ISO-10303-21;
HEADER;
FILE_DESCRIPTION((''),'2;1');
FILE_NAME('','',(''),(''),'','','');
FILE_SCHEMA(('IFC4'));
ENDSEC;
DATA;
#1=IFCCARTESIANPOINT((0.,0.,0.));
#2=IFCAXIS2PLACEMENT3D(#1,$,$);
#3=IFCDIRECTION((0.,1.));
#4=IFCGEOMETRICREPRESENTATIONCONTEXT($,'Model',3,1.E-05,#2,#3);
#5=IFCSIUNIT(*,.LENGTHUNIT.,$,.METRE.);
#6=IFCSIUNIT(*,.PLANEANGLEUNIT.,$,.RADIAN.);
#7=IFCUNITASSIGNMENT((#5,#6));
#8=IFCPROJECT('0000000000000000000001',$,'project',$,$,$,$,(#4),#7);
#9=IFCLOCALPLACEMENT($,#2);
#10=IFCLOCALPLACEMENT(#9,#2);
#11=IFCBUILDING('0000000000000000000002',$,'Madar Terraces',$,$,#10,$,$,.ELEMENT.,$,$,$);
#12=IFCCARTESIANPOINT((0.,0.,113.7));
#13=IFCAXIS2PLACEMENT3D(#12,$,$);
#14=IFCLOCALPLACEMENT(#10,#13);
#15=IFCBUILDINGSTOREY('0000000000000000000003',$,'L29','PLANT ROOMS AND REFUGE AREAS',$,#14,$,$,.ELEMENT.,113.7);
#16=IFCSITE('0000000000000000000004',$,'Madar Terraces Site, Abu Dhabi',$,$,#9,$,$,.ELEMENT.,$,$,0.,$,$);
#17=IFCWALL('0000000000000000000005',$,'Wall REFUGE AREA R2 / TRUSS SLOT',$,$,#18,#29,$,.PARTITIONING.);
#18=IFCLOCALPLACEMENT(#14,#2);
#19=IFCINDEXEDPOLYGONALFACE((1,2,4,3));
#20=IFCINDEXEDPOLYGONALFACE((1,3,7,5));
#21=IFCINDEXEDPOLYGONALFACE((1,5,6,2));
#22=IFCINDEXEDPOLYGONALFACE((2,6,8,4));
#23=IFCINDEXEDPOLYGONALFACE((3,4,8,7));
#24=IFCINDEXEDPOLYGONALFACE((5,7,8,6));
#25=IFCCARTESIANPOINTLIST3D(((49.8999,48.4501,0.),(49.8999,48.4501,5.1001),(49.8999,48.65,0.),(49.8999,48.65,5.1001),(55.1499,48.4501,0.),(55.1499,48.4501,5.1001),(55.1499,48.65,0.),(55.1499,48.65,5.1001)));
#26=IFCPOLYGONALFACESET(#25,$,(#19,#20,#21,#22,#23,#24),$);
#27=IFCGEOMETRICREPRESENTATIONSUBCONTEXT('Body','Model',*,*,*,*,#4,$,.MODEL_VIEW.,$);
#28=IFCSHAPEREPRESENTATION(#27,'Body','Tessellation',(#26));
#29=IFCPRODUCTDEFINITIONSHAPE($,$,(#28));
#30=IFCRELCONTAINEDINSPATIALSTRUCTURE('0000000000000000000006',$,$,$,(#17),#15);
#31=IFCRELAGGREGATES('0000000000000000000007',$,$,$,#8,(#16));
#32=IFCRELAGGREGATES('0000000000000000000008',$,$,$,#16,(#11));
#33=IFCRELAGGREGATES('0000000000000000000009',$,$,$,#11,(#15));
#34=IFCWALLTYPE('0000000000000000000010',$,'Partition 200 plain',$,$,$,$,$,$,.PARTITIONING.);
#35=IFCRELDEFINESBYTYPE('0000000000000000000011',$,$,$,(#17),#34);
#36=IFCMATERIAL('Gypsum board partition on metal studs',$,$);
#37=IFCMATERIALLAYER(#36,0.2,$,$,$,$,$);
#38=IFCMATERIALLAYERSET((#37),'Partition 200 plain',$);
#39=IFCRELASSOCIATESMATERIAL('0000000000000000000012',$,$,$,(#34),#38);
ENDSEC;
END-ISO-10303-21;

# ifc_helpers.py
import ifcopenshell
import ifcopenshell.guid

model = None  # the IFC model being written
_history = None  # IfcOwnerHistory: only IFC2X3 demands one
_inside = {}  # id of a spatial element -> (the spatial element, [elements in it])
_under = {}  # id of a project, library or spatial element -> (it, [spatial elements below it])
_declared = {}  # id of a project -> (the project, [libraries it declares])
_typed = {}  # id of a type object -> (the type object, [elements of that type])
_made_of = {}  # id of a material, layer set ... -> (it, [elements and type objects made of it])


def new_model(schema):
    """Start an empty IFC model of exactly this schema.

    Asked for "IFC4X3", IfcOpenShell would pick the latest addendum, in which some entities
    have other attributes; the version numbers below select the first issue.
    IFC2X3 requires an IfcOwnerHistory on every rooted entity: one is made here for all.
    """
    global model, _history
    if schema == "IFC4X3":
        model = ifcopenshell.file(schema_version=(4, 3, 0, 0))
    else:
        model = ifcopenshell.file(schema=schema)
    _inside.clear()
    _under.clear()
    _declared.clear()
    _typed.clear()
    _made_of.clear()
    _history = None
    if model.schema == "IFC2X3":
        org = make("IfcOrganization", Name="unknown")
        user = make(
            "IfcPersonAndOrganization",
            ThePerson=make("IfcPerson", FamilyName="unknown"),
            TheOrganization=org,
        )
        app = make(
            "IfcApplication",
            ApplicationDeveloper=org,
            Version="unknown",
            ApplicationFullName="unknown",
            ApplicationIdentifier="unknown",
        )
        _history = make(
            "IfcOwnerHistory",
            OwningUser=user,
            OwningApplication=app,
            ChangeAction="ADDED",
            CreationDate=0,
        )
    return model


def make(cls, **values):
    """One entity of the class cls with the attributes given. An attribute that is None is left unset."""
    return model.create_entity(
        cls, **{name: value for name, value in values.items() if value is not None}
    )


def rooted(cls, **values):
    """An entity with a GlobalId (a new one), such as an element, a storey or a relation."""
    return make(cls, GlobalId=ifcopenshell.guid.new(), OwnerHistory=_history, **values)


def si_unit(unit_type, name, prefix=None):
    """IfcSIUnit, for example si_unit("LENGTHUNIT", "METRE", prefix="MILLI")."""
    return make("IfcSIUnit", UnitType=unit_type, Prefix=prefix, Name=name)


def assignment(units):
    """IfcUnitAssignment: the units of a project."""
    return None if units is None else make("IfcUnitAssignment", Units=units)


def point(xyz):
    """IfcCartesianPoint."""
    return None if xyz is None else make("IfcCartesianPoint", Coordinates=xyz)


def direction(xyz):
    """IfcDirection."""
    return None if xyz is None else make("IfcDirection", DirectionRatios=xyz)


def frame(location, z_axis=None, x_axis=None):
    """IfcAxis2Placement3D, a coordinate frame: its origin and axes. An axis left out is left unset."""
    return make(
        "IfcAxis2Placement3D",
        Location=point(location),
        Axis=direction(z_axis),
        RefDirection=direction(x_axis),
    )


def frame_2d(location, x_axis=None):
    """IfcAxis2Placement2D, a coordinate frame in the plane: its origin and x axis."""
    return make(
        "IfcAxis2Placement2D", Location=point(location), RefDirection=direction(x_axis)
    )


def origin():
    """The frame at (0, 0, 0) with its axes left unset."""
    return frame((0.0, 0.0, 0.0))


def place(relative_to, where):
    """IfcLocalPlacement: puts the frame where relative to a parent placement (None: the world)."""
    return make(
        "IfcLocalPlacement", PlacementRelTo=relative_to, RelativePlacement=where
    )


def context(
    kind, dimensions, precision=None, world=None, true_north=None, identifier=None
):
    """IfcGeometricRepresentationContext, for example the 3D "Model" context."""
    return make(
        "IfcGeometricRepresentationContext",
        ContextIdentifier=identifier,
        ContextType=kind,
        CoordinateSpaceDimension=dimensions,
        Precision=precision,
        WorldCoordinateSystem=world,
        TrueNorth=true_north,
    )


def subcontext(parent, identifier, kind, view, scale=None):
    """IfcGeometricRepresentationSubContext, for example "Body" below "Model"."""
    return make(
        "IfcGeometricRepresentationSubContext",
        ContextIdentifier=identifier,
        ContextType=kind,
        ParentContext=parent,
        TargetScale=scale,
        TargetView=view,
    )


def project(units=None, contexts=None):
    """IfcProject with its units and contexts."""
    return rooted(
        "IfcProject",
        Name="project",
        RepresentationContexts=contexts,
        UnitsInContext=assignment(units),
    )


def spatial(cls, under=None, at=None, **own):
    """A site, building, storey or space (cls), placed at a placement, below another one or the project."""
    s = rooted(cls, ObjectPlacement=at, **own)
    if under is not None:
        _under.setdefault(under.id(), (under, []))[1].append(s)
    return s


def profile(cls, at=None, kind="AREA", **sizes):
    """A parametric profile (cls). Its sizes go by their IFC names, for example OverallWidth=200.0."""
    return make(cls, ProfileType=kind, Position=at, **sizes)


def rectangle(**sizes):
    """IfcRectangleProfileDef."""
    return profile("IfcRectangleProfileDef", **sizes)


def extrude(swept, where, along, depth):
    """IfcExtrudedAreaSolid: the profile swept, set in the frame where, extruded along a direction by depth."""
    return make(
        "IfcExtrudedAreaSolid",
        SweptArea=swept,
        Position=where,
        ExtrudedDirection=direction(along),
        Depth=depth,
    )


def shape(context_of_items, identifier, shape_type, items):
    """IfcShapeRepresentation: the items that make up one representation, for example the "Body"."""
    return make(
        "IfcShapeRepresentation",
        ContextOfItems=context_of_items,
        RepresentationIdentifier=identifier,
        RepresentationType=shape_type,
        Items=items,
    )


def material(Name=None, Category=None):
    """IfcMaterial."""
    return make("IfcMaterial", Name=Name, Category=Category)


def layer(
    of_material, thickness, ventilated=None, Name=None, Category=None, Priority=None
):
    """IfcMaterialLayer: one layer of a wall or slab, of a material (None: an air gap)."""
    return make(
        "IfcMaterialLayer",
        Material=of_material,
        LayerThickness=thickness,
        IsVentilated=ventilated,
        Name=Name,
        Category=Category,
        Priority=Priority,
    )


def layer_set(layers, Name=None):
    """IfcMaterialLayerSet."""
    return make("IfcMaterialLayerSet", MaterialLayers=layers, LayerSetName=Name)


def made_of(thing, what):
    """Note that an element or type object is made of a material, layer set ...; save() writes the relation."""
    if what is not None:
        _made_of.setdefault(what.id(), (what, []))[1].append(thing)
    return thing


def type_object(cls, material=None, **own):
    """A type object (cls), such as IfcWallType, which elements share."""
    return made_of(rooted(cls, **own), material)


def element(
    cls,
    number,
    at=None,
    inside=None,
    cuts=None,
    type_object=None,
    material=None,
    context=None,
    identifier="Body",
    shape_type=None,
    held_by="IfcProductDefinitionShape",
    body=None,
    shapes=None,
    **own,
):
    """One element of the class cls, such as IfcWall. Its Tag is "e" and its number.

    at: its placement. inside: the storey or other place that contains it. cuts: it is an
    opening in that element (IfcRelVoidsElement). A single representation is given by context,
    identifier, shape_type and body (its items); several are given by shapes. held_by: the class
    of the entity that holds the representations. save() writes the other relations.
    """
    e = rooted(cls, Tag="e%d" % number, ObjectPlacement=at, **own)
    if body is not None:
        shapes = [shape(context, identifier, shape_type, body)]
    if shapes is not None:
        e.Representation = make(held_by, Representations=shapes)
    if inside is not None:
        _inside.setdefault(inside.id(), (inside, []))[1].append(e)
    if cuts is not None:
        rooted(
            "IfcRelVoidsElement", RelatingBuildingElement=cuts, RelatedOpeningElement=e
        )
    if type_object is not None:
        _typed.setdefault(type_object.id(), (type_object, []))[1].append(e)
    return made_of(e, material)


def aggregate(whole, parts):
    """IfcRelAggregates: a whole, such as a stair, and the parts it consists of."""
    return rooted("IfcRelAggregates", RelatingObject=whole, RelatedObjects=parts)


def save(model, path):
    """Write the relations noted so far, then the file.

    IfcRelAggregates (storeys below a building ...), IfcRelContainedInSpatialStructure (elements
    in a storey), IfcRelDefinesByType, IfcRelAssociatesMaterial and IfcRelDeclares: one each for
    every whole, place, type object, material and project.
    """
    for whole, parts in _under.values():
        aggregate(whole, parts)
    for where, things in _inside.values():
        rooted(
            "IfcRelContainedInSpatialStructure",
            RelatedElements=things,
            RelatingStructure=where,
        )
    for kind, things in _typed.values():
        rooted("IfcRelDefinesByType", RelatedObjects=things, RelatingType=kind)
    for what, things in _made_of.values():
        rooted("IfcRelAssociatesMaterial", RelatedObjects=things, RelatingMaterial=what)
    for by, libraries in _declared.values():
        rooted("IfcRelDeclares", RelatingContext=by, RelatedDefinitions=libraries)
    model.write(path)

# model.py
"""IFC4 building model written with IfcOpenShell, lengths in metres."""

from ifc_helpers import new_model, si_unit, direction, frame, frame_2d, origin, place, context, subcontext, project, spatial, rectangle, extrude, material, layer, layer_set, type_object, element, save


model = new_model("IFC4")

# Units and contexts
model_context = context("Model", 3, precision=1e-05, world=origin(), true_north=direction((0.0, 1.0)))
body_context = subcontext(model_context, "Body", "Model", "MODEL_VIEW")
ifc_project = project(units=[si_unit("LENGTHUNIT", "METRE"), si_unit("PLANEANGLEUNIT", "RADIAN")], contexts=[model_context])

# Site, building, storey
site_placement = place(None, origin())
site = spatial("IfcSite", under=ifc_project, at=site_placement, Name="Madar Terraces Site, Abu Dhabi", CompositionType="ELEMENT", RefElevation=0.0)
building_placement = place(site_placement, origin())
building = spatial("IfcBuilding", under=site, at=building_placement, Name="Madar Terraces", CompositionType="ELEMENT")
storey_placement = place(building_placement, frame((0.0, 0.0, 113.7)))
storey = spatial("IfcBuildingStorey", under=building, at=storey_placement, Name="L29", Description="PLANT ROOMS AND REFUGE AREAS", CompositionType="ELEMENT", Elevation=113.7)

# Wall
ifc_material_1 = material(Name="Gypsum board partition on metal studs")
ifc_layer_1 = layer(ifc_material_1, 0.2)
ifc_layer_set_1 = layer_set([ifc_layer_1], Name="Partition 200 plain")
wall_type = type_object("IfcWallType", Name="Partition 200 plain", PredefinedType="PARTITIONING", material=ifc_layer_set_1)
wall_placement = place(storey_placement, frame((49.8999, 48.55, 0.0), z_axis=(0.0, 0.0, 1.0), x_axis=(1.0, 0.0, 0.0)))
element("IfcWall", 1, at=wall_placement, inside=storey, type_object=wall_type, Name="Wall REFUGE AREA R2 / TRUSS SLOT", PredefinedType="PARTITIONING", context=body_context, shape_type="SweptSolid", body=[
    extrude(rectangle(XDim=5.25, YDim=0.2, at=frame_2d((2.625, 0.0))), origin(), (0.0, 0.0, 1.0), 5.1001),
])

save(model, "model.ifc")
